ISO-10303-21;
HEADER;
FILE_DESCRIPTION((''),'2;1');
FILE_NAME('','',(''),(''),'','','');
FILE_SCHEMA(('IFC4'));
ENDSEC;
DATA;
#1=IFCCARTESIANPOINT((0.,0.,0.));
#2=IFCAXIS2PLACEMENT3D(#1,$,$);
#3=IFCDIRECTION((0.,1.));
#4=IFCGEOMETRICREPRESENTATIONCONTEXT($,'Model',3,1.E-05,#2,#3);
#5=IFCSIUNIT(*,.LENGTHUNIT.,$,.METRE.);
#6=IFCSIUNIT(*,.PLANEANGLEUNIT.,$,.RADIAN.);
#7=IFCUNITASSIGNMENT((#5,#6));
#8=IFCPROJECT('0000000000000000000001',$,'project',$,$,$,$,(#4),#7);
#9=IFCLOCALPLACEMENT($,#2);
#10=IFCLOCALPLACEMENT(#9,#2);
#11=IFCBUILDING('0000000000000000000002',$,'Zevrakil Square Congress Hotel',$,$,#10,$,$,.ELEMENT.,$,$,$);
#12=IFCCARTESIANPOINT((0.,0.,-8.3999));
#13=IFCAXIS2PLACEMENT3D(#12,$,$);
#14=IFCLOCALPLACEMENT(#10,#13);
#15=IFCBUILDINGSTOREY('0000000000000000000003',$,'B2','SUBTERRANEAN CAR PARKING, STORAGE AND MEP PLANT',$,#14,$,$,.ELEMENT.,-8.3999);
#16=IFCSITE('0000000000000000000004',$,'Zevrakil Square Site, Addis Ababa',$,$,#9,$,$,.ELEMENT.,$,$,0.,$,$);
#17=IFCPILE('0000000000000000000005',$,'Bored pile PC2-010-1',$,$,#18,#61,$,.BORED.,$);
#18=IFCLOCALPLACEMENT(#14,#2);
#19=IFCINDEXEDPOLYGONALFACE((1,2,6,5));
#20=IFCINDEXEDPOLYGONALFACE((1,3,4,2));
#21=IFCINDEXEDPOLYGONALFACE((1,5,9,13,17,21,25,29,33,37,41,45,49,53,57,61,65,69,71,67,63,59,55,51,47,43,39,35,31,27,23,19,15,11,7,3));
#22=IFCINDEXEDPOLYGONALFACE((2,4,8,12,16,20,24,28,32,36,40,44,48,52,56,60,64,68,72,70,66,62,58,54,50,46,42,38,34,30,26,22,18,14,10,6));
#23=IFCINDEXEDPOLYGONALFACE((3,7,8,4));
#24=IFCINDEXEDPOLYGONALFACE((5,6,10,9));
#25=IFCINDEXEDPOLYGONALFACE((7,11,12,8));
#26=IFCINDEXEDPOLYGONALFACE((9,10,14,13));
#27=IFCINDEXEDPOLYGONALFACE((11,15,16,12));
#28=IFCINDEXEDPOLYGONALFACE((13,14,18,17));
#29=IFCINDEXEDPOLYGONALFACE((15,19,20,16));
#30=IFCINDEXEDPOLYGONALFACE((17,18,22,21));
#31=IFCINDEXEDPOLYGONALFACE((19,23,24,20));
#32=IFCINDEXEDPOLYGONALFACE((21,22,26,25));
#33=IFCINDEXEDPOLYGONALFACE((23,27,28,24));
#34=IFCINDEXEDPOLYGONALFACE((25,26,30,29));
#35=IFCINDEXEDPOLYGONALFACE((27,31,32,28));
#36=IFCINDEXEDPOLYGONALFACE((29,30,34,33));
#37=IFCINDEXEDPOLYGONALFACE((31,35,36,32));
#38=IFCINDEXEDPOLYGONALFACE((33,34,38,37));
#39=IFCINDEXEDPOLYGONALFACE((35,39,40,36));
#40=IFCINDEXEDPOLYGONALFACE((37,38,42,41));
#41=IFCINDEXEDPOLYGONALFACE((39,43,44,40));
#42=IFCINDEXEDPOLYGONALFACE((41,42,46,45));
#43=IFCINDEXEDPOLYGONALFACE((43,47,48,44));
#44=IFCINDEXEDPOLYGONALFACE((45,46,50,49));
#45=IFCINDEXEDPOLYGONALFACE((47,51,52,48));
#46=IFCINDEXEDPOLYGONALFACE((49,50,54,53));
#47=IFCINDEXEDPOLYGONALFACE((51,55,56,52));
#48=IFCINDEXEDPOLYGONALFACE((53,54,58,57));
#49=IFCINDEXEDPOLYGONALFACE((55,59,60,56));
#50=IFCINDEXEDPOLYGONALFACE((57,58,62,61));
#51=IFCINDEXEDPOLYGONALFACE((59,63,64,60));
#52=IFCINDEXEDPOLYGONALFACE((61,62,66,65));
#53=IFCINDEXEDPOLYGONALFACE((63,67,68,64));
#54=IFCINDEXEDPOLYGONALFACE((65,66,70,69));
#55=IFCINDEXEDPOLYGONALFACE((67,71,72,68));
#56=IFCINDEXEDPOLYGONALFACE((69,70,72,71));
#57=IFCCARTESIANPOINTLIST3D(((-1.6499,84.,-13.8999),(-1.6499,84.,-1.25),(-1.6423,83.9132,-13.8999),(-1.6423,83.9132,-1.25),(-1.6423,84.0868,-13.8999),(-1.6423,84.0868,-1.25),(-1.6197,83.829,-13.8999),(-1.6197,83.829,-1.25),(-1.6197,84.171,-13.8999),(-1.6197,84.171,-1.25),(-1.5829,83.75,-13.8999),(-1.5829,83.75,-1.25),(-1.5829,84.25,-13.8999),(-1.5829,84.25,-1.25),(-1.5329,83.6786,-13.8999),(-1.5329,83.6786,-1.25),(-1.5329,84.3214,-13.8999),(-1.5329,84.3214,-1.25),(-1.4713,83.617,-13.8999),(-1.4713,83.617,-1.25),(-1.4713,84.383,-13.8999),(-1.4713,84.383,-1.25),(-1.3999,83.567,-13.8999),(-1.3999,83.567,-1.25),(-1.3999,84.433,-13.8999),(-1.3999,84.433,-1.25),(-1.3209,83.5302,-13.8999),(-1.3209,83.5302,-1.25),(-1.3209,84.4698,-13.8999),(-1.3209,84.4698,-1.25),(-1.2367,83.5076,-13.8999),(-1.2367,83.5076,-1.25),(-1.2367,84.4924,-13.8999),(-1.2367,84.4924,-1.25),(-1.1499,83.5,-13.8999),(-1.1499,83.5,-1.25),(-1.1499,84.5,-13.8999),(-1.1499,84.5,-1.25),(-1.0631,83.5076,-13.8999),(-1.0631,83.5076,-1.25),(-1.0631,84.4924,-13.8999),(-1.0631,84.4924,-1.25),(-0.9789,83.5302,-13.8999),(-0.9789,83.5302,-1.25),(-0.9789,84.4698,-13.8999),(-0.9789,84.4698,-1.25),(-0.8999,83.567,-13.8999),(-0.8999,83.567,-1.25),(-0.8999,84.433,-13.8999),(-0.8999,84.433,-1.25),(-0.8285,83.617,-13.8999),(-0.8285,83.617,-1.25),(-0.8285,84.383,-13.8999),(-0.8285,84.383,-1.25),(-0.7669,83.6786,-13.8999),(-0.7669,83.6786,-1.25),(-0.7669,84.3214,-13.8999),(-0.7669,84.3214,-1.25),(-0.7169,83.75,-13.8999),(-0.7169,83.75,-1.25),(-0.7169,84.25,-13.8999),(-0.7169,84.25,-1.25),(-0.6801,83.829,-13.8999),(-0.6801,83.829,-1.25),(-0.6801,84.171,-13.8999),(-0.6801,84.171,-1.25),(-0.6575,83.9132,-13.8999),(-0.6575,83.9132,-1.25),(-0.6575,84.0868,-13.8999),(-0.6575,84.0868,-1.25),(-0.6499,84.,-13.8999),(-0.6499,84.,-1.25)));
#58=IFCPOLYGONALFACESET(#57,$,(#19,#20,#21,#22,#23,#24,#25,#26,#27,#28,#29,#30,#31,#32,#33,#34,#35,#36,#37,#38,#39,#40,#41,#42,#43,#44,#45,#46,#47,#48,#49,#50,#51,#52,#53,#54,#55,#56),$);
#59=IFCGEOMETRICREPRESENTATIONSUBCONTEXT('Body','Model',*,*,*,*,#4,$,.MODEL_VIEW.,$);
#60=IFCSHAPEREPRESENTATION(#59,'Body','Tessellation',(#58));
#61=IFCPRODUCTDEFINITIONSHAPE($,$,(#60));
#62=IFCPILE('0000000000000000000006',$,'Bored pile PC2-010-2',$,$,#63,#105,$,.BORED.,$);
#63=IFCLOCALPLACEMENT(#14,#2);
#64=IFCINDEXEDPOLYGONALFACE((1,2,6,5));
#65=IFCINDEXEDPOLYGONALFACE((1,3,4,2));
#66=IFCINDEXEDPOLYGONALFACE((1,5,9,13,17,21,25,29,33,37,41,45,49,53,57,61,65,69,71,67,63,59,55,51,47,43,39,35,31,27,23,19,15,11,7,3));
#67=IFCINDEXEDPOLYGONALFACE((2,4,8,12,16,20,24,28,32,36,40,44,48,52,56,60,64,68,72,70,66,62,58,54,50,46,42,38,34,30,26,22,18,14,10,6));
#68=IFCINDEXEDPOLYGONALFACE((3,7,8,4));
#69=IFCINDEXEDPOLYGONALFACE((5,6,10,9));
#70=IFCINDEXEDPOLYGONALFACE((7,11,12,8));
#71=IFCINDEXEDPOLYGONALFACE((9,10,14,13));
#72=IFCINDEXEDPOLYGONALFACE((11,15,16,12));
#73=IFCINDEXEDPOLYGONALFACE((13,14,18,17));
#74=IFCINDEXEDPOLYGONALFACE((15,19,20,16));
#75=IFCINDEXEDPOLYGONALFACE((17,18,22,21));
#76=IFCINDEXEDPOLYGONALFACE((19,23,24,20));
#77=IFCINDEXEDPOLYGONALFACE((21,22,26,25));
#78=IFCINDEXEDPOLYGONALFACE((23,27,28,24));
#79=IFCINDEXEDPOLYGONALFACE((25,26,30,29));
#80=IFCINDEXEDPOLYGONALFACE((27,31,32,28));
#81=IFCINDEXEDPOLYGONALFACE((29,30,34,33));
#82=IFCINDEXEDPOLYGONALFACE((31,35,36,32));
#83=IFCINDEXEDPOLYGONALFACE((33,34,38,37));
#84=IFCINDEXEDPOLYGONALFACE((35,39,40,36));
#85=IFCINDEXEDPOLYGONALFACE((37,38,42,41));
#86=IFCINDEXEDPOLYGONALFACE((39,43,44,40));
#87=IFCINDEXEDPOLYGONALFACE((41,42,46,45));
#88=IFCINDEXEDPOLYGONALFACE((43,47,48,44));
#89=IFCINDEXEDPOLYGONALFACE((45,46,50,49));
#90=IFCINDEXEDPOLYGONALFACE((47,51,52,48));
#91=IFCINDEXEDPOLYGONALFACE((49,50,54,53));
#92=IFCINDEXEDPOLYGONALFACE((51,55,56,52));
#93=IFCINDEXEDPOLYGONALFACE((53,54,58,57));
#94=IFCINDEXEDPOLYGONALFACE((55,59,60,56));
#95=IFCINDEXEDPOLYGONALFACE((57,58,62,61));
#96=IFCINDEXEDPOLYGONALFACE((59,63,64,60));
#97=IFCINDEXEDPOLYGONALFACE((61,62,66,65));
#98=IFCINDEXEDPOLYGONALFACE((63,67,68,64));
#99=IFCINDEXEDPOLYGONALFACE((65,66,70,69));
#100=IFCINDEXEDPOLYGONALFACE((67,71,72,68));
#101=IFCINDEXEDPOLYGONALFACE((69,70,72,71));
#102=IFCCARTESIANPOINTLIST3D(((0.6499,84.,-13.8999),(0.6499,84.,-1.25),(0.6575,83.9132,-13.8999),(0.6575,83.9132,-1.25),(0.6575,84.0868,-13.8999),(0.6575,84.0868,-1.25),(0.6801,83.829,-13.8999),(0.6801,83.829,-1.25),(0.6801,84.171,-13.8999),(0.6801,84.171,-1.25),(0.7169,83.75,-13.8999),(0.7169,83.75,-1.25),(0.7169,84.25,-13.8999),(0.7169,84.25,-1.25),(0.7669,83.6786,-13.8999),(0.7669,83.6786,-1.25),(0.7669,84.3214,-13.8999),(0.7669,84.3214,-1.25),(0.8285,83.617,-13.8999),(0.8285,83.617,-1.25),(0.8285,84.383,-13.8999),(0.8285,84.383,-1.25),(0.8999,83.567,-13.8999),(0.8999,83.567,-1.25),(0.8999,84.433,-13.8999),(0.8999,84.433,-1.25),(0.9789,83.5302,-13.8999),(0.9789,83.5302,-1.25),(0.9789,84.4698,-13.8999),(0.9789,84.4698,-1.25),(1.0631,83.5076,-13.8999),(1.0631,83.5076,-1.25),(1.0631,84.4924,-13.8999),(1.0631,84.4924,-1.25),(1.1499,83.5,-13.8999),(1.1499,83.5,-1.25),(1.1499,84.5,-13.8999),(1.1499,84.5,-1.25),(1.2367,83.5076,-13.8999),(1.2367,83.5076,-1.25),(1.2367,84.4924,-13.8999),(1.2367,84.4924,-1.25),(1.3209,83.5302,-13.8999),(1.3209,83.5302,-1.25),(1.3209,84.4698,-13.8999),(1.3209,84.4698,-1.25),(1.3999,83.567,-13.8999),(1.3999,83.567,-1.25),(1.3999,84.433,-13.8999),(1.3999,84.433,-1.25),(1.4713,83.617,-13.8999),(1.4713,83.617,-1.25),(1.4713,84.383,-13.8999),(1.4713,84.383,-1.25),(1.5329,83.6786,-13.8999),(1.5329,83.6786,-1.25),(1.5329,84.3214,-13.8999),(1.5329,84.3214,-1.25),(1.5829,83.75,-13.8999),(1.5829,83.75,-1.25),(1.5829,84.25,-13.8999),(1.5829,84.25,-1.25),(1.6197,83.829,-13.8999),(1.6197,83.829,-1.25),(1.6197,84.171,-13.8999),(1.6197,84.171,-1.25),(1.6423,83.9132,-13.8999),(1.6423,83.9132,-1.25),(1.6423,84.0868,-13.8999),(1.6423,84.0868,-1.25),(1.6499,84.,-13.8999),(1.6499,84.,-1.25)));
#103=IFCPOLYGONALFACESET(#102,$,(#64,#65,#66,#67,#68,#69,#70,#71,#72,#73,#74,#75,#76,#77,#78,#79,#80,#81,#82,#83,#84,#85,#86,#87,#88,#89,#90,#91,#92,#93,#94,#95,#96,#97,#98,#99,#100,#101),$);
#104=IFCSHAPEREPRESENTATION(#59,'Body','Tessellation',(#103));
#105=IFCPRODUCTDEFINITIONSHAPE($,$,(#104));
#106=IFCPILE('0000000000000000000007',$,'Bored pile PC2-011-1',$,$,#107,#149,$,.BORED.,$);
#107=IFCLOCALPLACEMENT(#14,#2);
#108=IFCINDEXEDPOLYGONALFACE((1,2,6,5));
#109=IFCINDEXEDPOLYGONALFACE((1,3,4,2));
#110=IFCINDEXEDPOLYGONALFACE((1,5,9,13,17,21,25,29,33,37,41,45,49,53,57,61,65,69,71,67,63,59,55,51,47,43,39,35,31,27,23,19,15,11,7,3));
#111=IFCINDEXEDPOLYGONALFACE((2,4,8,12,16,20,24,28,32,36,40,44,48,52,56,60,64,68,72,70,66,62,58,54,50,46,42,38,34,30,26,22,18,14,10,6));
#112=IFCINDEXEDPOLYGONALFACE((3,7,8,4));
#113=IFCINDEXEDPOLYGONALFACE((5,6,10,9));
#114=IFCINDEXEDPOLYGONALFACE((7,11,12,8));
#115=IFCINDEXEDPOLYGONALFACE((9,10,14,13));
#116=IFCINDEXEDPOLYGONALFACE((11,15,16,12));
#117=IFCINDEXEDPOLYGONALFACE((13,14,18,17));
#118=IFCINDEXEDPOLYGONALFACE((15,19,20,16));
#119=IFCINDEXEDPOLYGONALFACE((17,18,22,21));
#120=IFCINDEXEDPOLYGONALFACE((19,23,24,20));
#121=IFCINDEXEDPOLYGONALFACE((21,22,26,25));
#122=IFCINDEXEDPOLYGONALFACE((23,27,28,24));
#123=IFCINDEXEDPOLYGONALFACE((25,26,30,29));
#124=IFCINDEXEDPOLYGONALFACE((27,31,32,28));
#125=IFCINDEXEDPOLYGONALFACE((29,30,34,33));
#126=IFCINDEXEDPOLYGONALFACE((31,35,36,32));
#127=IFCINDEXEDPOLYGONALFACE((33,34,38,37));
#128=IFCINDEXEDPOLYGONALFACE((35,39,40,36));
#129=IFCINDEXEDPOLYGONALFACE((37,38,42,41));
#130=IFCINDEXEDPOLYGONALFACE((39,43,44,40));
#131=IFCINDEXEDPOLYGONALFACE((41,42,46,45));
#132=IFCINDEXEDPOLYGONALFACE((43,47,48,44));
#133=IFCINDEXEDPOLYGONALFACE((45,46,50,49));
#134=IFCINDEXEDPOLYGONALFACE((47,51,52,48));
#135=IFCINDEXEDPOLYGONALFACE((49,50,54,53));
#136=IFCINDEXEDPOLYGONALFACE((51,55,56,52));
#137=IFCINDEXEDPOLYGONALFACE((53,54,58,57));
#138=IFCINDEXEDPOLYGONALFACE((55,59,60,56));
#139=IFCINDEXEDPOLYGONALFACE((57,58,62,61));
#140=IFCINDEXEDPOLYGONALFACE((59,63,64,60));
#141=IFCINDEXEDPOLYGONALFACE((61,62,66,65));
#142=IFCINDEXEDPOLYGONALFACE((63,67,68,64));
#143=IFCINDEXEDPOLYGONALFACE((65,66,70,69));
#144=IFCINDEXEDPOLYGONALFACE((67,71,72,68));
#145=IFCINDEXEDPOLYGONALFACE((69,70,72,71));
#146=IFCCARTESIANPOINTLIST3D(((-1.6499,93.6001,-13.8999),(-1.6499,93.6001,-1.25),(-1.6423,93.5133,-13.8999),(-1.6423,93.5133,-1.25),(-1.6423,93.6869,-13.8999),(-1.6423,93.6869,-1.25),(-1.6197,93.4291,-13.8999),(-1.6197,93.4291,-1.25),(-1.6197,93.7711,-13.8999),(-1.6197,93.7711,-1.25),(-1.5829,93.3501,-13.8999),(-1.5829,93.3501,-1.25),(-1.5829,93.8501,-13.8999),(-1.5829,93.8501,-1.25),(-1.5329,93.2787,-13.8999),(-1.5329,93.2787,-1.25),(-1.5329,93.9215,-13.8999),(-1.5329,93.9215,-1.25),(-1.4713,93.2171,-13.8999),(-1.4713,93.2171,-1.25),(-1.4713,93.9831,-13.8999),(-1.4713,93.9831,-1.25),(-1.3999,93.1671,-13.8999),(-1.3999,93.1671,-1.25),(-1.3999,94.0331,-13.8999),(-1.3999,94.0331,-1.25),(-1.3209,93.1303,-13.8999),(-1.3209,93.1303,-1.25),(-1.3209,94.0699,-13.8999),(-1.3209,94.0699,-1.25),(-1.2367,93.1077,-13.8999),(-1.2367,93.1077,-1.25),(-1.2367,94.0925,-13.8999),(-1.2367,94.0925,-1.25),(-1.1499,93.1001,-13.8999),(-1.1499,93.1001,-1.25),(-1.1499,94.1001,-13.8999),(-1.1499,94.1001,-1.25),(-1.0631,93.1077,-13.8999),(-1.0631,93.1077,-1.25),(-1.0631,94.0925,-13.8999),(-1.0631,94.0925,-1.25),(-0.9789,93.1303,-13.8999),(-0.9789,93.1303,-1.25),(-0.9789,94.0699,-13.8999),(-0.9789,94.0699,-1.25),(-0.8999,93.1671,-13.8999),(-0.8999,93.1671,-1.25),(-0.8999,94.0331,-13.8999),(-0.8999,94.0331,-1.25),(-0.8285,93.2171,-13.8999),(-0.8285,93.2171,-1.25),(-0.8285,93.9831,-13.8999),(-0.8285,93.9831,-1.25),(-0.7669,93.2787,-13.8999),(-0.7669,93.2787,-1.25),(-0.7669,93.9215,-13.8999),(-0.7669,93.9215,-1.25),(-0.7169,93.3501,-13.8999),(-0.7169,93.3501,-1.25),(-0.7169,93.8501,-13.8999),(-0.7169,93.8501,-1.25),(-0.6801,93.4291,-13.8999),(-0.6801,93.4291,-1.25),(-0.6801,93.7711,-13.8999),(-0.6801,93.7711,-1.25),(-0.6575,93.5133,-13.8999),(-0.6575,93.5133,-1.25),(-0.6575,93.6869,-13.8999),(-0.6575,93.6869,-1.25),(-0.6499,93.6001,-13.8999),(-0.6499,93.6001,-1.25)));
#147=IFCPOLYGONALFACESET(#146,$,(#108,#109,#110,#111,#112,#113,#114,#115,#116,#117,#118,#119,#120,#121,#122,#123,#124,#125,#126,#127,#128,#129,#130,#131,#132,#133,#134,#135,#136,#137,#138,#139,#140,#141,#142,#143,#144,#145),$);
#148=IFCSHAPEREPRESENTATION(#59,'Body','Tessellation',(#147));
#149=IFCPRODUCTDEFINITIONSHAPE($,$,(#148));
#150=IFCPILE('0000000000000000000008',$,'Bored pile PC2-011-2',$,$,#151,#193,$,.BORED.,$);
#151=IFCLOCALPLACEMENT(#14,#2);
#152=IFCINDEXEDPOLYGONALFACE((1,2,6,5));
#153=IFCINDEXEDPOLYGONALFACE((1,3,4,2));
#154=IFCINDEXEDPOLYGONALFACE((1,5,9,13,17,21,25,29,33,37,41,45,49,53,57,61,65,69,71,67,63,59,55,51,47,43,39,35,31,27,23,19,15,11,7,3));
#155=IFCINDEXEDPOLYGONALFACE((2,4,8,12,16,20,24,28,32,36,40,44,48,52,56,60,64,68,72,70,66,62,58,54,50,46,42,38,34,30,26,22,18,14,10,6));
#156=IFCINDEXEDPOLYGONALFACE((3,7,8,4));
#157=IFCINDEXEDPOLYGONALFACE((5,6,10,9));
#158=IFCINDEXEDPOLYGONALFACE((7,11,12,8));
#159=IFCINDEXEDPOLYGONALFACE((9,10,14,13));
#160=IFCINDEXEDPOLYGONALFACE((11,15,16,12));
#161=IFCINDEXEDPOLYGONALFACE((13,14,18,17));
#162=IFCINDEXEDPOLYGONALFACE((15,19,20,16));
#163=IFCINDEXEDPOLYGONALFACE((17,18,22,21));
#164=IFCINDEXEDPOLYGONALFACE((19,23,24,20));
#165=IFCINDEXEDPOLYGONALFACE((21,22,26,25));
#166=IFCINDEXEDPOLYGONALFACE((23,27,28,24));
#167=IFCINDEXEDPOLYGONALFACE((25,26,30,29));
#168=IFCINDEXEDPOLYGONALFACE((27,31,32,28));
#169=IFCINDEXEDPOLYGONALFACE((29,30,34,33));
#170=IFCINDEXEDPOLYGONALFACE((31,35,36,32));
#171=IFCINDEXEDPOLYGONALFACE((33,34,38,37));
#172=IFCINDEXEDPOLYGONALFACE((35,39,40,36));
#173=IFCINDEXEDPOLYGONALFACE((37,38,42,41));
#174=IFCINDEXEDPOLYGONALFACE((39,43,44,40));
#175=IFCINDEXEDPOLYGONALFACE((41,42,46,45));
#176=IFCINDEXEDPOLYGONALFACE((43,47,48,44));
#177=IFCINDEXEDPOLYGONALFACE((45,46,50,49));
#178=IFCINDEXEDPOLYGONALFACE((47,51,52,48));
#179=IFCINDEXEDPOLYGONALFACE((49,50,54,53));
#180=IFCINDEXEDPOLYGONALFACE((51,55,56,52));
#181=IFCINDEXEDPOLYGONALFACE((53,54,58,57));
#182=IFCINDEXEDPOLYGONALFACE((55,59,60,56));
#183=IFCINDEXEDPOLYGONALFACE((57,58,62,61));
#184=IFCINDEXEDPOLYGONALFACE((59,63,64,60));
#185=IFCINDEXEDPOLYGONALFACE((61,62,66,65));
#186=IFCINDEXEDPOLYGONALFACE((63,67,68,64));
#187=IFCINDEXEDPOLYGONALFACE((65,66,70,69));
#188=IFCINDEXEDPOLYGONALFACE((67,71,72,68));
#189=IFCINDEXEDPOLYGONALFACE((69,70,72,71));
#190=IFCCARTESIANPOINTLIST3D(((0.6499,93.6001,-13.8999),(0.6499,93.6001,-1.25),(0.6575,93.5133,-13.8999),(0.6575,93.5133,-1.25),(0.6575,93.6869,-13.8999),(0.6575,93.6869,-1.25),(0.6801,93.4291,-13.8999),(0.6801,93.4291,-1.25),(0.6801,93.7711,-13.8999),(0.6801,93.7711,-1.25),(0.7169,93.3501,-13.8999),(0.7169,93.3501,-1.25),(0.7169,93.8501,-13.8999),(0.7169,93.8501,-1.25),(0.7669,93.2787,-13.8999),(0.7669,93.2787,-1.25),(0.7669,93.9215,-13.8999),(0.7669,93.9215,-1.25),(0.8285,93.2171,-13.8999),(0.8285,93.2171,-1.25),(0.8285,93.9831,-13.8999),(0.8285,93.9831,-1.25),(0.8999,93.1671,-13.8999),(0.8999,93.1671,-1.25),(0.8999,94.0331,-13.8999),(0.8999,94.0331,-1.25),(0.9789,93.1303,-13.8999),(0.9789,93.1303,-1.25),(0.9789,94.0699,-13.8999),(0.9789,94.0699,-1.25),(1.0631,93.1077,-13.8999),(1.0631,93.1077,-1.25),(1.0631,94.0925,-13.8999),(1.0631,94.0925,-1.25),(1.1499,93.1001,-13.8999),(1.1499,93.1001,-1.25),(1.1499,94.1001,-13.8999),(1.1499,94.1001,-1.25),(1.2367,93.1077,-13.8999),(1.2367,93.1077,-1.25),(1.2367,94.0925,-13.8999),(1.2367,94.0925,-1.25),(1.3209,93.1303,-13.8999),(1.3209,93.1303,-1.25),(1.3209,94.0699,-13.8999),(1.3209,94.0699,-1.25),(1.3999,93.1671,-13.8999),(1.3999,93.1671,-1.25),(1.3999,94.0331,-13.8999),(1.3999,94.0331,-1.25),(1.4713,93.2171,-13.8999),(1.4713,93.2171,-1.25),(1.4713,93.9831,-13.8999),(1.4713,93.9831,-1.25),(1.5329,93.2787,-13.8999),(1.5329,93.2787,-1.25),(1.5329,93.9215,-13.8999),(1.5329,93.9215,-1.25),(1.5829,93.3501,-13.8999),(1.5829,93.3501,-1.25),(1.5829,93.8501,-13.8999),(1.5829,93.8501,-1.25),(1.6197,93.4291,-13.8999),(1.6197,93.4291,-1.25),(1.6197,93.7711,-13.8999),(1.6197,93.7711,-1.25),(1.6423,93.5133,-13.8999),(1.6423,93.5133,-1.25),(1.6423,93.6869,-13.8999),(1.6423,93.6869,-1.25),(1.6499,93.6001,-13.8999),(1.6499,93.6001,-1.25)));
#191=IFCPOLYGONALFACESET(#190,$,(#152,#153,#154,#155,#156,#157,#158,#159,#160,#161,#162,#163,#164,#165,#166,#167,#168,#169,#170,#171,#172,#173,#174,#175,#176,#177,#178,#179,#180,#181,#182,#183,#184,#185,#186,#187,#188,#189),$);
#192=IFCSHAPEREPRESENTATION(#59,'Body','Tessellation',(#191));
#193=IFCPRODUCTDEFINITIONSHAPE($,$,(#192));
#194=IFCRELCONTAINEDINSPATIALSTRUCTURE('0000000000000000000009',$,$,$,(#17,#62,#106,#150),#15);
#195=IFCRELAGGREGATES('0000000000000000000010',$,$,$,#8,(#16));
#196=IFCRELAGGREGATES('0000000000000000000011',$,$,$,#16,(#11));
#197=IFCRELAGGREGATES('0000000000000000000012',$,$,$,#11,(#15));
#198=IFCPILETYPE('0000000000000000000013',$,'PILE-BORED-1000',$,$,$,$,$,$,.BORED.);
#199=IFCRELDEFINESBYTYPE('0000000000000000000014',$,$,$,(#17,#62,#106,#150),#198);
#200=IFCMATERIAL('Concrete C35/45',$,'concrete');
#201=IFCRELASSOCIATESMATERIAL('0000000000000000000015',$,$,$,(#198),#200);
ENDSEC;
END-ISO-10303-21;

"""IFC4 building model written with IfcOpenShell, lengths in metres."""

from ifc_helpers import new_model, si_unit, direction, frame, origin, origin_2d, place, context, subcontext, project, spatial, circle, extrude, material, material_profile, profile_set, type_object, element, save


model = new_model("IFC4")

# Units and contexts
model_context = context("Model", 3, precision=1e-05, world=origin(), true_north=direction((0.0, 1.0)))
body_context = subcontext(model_context, "Body", "Model", "MODEL_VIEW")
ifc_project = project(units=[si_unit("LENGTHUNIT", "METRE"), si_unit("PLANEANGLEUNIT", "RADIAN")], contexts=[model_context])

# Site, building, storey
site_placement = place(None, origin())
site = spatial("IfcSite", under=ifc_project, at=site_placement, Name="Zevrakil Square Site, Addis Ababa", CompositionType="ELEMENT", RefElevation=0.0)
building_placement = place(site_placement, origin())
building = spatial("IfcBuilding", under=site, at=building_placement, Name="Zevrakil Square Congress Hotel", CompositionType="ELEMENT")
storey_placement = place(building_placement, frame((0.0, 0.0, -8.3999)))
storey = spatial("IfcBuildingStorey", under=building, at=storey_placement, Name="B2", Description="SUBTERRANEAN CAR PARKING, STORAGE AND MEP PLANT", CompositionType="ELEMENT", Elevation=-8.3999)

# Piles
ifc_material_1 = material(Name="Concrete C35/45", Category="concrete")
ifc_material_profile_1 = material_profile(ifc_material_1, circle(Radius=0.5, at=origin_2d()), Name="PILE D1000")
ifc_profile_set_1 = profile_set([ifc_material_profile_1], Name="Concrete C35/45")
pile_type = type_object("IfcPileType", Name="PILE-BORED-1000", PredefinedType="BORED", material=ifc_profile_set_1)
for number, where, z_axis, x_axis, name in (
    (1, (-1.1499, 84.0, -1.25), (0.0, 0.0, -1.0), (1.0, 0.0, 0.0), "Bored pile PC2-010-1"),
    (2, (1.1499, 84.0, -1.25), (0.0, 0.0, -1.0), (1.0, 0.0, 0.0), "Bored pile PC2-010-2"),
    (3, (-1.1499, 93.6001, -1.25), (0.0, 0.0, -1.0), (1.0, 0.0, 0.0), "Bored pile PC2-011-1"),
    (4, (1.1499, 93.6001, -1.25), (0.0, 0.0, -1.0), (1.0, 0.0, 0.0), "Bored pile PC2-011-2"),
):
    element("IfcPile", number, at=place(storey_placement, frame(where, z_axis=z_axis, x_axis=x_axis)), inside=storey, type_object=pile_type, Name=name, PredefinedType="BORED", context=body_context, shape_type="SweptSolid", body=[
        extrude(circle(Radius=0.5, at=origin_2d()), origin(), (0.0, 0.0, 1.0), 12.6499),
    ])

save(model, "model.ifc")
